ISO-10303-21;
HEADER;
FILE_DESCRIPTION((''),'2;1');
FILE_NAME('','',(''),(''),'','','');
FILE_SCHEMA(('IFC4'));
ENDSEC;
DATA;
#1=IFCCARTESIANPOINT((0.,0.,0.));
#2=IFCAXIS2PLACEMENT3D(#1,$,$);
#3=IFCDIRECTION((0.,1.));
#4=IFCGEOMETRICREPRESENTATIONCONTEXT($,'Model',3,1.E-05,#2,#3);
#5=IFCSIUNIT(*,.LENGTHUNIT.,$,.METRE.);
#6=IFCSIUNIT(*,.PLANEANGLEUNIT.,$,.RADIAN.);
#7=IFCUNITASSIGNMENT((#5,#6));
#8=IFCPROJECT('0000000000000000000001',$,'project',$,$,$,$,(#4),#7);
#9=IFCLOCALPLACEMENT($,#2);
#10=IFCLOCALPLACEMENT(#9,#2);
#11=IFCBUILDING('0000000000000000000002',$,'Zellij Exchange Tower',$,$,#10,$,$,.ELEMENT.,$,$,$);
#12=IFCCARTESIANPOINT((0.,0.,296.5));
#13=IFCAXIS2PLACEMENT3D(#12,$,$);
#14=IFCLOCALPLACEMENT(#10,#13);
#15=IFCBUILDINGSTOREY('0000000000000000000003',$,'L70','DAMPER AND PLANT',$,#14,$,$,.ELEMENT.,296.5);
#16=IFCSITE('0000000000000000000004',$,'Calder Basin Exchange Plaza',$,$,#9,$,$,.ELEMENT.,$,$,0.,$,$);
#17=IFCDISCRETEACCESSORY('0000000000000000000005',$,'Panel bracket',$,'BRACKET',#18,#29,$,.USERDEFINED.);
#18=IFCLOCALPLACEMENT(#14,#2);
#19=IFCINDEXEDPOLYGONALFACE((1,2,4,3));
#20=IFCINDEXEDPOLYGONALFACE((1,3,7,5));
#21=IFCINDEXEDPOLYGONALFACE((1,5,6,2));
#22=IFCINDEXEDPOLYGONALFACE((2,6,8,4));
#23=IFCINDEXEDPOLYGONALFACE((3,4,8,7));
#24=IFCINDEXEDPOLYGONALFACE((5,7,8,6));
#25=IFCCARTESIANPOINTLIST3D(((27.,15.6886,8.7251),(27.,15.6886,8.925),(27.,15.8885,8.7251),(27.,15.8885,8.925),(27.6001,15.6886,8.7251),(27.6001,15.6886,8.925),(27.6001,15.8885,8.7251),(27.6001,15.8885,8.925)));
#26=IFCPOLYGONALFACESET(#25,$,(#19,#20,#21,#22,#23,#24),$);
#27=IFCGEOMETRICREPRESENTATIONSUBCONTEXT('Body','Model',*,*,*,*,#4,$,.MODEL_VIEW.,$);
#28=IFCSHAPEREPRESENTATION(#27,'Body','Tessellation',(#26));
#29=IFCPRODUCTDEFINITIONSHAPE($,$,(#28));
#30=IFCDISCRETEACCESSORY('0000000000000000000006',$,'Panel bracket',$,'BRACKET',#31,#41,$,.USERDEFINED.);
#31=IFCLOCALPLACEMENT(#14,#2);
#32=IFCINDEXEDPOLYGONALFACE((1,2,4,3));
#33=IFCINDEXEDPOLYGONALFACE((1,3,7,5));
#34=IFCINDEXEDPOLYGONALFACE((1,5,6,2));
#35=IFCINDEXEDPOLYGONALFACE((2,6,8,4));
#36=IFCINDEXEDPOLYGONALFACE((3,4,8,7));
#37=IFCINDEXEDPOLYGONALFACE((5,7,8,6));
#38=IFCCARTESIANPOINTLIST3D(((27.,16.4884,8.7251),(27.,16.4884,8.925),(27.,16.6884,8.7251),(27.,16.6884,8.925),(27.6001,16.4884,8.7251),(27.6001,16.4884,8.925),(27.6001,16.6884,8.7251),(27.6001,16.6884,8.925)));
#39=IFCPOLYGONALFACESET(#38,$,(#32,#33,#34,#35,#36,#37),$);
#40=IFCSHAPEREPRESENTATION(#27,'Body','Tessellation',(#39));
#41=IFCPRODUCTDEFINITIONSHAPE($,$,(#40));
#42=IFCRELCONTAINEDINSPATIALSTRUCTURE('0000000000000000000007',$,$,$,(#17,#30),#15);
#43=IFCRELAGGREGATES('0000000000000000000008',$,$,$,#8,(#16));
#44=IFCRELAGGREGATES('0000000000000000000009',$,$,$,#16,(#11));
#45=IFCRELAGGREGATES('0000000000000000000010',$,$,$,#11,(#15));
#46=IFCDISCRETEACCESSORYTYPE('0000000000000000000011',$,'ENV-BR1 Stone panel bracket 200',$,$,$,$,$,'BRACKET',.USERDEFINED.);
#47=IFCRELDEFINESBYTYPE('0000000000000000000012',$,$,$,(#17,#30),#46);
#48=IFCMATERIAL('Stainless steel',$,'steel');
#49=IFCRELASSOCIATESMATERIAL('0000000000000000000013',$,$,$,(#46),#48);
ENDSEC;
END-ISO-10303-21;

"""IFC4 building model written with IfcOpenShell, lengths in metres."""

from ifc_helpers import new_model, si_unit, direction, frame, origin, origin_2d, place, context, subcontext, project, spatial, rectangle, extrude, material, type_object, element, save


model = new_model("IFC4")

# Units and contexts
model_context = context("Model", 3, precision=1e-05, world=origin(), true_north=direction((0.0, 1.0)))
body_context = subcontext(model_context, "Body", "Model", "MODEL_VIEW")
ifc_project = project(units=[si_unit("LENGTHUNIT", "METRE"), si_unit("PLANEANGLEUNIT", "RADIAN")], contexts=[model_context])

# Site, building, storey
site_placement = place(None, origin())
site = spatial("IfcSite", under=ifc_project, at=site_placement, Name="Calder Basin Exchange Plaza", CompositionType="ELEMENT", RefElevation=0.0)
building_placement = place(site_placement, origin())
building = spatial("IfcBuilding", under=site, at=building_placement, Name="Zellij Exchange Tower", CompositionType="ELEMENT")
storey_placement = place(building_placement, frame((0.0, 0.0, 296.5)))
storey = spatial("IfcBuildingStorey", under=building, at=storey_placement, Name="L70", Description="DAMPER AND PLANT", CompositionType="ELEMENT", Elevation=296.5)

# Discrete accessories
ifc_material_1 = material(Name="Stainless steel", Category="steel")
discrete_accessory_type = type_object("IfcDiscreteAccessoryType", Name="ENV-BR1 Stone panel bracket 200", ElementType="BRACKET", PredefinedType="USERDEFINED", material=ifc_material_1)
for number, where, z_axis, x_axis, name in (
    (1, (27.3, 15.7886, 8.7251), (0.0, 0.0, 1.0), (0.0, 1.0, 0.0), "Panel bracket"),
    (2, (27.3, 16.5884, 8.7251), (0.0, 0.0, 1.0), (0.0, 1.0, 0.0), "Panel bracket"),
):
    element("IfcDiscreteAccessory", number, at=place(storey_placement, frame(where, z_axis=z_axis, x_axis=x_axis)), inside=storey, type_object=discrete_accessory_type, Name=name, ObjectType="BRACKET", PredefinedType="USERDEFINED", context=body_context, shape_type="SweptSolid", body=[
        extrude(rectangle(XDim=0.2, YDim=0.6001, at=origin_2d()), origin(), (0.0, 0.0, 1.0), 0.2),
    ])

save(model, "model.ifc")
